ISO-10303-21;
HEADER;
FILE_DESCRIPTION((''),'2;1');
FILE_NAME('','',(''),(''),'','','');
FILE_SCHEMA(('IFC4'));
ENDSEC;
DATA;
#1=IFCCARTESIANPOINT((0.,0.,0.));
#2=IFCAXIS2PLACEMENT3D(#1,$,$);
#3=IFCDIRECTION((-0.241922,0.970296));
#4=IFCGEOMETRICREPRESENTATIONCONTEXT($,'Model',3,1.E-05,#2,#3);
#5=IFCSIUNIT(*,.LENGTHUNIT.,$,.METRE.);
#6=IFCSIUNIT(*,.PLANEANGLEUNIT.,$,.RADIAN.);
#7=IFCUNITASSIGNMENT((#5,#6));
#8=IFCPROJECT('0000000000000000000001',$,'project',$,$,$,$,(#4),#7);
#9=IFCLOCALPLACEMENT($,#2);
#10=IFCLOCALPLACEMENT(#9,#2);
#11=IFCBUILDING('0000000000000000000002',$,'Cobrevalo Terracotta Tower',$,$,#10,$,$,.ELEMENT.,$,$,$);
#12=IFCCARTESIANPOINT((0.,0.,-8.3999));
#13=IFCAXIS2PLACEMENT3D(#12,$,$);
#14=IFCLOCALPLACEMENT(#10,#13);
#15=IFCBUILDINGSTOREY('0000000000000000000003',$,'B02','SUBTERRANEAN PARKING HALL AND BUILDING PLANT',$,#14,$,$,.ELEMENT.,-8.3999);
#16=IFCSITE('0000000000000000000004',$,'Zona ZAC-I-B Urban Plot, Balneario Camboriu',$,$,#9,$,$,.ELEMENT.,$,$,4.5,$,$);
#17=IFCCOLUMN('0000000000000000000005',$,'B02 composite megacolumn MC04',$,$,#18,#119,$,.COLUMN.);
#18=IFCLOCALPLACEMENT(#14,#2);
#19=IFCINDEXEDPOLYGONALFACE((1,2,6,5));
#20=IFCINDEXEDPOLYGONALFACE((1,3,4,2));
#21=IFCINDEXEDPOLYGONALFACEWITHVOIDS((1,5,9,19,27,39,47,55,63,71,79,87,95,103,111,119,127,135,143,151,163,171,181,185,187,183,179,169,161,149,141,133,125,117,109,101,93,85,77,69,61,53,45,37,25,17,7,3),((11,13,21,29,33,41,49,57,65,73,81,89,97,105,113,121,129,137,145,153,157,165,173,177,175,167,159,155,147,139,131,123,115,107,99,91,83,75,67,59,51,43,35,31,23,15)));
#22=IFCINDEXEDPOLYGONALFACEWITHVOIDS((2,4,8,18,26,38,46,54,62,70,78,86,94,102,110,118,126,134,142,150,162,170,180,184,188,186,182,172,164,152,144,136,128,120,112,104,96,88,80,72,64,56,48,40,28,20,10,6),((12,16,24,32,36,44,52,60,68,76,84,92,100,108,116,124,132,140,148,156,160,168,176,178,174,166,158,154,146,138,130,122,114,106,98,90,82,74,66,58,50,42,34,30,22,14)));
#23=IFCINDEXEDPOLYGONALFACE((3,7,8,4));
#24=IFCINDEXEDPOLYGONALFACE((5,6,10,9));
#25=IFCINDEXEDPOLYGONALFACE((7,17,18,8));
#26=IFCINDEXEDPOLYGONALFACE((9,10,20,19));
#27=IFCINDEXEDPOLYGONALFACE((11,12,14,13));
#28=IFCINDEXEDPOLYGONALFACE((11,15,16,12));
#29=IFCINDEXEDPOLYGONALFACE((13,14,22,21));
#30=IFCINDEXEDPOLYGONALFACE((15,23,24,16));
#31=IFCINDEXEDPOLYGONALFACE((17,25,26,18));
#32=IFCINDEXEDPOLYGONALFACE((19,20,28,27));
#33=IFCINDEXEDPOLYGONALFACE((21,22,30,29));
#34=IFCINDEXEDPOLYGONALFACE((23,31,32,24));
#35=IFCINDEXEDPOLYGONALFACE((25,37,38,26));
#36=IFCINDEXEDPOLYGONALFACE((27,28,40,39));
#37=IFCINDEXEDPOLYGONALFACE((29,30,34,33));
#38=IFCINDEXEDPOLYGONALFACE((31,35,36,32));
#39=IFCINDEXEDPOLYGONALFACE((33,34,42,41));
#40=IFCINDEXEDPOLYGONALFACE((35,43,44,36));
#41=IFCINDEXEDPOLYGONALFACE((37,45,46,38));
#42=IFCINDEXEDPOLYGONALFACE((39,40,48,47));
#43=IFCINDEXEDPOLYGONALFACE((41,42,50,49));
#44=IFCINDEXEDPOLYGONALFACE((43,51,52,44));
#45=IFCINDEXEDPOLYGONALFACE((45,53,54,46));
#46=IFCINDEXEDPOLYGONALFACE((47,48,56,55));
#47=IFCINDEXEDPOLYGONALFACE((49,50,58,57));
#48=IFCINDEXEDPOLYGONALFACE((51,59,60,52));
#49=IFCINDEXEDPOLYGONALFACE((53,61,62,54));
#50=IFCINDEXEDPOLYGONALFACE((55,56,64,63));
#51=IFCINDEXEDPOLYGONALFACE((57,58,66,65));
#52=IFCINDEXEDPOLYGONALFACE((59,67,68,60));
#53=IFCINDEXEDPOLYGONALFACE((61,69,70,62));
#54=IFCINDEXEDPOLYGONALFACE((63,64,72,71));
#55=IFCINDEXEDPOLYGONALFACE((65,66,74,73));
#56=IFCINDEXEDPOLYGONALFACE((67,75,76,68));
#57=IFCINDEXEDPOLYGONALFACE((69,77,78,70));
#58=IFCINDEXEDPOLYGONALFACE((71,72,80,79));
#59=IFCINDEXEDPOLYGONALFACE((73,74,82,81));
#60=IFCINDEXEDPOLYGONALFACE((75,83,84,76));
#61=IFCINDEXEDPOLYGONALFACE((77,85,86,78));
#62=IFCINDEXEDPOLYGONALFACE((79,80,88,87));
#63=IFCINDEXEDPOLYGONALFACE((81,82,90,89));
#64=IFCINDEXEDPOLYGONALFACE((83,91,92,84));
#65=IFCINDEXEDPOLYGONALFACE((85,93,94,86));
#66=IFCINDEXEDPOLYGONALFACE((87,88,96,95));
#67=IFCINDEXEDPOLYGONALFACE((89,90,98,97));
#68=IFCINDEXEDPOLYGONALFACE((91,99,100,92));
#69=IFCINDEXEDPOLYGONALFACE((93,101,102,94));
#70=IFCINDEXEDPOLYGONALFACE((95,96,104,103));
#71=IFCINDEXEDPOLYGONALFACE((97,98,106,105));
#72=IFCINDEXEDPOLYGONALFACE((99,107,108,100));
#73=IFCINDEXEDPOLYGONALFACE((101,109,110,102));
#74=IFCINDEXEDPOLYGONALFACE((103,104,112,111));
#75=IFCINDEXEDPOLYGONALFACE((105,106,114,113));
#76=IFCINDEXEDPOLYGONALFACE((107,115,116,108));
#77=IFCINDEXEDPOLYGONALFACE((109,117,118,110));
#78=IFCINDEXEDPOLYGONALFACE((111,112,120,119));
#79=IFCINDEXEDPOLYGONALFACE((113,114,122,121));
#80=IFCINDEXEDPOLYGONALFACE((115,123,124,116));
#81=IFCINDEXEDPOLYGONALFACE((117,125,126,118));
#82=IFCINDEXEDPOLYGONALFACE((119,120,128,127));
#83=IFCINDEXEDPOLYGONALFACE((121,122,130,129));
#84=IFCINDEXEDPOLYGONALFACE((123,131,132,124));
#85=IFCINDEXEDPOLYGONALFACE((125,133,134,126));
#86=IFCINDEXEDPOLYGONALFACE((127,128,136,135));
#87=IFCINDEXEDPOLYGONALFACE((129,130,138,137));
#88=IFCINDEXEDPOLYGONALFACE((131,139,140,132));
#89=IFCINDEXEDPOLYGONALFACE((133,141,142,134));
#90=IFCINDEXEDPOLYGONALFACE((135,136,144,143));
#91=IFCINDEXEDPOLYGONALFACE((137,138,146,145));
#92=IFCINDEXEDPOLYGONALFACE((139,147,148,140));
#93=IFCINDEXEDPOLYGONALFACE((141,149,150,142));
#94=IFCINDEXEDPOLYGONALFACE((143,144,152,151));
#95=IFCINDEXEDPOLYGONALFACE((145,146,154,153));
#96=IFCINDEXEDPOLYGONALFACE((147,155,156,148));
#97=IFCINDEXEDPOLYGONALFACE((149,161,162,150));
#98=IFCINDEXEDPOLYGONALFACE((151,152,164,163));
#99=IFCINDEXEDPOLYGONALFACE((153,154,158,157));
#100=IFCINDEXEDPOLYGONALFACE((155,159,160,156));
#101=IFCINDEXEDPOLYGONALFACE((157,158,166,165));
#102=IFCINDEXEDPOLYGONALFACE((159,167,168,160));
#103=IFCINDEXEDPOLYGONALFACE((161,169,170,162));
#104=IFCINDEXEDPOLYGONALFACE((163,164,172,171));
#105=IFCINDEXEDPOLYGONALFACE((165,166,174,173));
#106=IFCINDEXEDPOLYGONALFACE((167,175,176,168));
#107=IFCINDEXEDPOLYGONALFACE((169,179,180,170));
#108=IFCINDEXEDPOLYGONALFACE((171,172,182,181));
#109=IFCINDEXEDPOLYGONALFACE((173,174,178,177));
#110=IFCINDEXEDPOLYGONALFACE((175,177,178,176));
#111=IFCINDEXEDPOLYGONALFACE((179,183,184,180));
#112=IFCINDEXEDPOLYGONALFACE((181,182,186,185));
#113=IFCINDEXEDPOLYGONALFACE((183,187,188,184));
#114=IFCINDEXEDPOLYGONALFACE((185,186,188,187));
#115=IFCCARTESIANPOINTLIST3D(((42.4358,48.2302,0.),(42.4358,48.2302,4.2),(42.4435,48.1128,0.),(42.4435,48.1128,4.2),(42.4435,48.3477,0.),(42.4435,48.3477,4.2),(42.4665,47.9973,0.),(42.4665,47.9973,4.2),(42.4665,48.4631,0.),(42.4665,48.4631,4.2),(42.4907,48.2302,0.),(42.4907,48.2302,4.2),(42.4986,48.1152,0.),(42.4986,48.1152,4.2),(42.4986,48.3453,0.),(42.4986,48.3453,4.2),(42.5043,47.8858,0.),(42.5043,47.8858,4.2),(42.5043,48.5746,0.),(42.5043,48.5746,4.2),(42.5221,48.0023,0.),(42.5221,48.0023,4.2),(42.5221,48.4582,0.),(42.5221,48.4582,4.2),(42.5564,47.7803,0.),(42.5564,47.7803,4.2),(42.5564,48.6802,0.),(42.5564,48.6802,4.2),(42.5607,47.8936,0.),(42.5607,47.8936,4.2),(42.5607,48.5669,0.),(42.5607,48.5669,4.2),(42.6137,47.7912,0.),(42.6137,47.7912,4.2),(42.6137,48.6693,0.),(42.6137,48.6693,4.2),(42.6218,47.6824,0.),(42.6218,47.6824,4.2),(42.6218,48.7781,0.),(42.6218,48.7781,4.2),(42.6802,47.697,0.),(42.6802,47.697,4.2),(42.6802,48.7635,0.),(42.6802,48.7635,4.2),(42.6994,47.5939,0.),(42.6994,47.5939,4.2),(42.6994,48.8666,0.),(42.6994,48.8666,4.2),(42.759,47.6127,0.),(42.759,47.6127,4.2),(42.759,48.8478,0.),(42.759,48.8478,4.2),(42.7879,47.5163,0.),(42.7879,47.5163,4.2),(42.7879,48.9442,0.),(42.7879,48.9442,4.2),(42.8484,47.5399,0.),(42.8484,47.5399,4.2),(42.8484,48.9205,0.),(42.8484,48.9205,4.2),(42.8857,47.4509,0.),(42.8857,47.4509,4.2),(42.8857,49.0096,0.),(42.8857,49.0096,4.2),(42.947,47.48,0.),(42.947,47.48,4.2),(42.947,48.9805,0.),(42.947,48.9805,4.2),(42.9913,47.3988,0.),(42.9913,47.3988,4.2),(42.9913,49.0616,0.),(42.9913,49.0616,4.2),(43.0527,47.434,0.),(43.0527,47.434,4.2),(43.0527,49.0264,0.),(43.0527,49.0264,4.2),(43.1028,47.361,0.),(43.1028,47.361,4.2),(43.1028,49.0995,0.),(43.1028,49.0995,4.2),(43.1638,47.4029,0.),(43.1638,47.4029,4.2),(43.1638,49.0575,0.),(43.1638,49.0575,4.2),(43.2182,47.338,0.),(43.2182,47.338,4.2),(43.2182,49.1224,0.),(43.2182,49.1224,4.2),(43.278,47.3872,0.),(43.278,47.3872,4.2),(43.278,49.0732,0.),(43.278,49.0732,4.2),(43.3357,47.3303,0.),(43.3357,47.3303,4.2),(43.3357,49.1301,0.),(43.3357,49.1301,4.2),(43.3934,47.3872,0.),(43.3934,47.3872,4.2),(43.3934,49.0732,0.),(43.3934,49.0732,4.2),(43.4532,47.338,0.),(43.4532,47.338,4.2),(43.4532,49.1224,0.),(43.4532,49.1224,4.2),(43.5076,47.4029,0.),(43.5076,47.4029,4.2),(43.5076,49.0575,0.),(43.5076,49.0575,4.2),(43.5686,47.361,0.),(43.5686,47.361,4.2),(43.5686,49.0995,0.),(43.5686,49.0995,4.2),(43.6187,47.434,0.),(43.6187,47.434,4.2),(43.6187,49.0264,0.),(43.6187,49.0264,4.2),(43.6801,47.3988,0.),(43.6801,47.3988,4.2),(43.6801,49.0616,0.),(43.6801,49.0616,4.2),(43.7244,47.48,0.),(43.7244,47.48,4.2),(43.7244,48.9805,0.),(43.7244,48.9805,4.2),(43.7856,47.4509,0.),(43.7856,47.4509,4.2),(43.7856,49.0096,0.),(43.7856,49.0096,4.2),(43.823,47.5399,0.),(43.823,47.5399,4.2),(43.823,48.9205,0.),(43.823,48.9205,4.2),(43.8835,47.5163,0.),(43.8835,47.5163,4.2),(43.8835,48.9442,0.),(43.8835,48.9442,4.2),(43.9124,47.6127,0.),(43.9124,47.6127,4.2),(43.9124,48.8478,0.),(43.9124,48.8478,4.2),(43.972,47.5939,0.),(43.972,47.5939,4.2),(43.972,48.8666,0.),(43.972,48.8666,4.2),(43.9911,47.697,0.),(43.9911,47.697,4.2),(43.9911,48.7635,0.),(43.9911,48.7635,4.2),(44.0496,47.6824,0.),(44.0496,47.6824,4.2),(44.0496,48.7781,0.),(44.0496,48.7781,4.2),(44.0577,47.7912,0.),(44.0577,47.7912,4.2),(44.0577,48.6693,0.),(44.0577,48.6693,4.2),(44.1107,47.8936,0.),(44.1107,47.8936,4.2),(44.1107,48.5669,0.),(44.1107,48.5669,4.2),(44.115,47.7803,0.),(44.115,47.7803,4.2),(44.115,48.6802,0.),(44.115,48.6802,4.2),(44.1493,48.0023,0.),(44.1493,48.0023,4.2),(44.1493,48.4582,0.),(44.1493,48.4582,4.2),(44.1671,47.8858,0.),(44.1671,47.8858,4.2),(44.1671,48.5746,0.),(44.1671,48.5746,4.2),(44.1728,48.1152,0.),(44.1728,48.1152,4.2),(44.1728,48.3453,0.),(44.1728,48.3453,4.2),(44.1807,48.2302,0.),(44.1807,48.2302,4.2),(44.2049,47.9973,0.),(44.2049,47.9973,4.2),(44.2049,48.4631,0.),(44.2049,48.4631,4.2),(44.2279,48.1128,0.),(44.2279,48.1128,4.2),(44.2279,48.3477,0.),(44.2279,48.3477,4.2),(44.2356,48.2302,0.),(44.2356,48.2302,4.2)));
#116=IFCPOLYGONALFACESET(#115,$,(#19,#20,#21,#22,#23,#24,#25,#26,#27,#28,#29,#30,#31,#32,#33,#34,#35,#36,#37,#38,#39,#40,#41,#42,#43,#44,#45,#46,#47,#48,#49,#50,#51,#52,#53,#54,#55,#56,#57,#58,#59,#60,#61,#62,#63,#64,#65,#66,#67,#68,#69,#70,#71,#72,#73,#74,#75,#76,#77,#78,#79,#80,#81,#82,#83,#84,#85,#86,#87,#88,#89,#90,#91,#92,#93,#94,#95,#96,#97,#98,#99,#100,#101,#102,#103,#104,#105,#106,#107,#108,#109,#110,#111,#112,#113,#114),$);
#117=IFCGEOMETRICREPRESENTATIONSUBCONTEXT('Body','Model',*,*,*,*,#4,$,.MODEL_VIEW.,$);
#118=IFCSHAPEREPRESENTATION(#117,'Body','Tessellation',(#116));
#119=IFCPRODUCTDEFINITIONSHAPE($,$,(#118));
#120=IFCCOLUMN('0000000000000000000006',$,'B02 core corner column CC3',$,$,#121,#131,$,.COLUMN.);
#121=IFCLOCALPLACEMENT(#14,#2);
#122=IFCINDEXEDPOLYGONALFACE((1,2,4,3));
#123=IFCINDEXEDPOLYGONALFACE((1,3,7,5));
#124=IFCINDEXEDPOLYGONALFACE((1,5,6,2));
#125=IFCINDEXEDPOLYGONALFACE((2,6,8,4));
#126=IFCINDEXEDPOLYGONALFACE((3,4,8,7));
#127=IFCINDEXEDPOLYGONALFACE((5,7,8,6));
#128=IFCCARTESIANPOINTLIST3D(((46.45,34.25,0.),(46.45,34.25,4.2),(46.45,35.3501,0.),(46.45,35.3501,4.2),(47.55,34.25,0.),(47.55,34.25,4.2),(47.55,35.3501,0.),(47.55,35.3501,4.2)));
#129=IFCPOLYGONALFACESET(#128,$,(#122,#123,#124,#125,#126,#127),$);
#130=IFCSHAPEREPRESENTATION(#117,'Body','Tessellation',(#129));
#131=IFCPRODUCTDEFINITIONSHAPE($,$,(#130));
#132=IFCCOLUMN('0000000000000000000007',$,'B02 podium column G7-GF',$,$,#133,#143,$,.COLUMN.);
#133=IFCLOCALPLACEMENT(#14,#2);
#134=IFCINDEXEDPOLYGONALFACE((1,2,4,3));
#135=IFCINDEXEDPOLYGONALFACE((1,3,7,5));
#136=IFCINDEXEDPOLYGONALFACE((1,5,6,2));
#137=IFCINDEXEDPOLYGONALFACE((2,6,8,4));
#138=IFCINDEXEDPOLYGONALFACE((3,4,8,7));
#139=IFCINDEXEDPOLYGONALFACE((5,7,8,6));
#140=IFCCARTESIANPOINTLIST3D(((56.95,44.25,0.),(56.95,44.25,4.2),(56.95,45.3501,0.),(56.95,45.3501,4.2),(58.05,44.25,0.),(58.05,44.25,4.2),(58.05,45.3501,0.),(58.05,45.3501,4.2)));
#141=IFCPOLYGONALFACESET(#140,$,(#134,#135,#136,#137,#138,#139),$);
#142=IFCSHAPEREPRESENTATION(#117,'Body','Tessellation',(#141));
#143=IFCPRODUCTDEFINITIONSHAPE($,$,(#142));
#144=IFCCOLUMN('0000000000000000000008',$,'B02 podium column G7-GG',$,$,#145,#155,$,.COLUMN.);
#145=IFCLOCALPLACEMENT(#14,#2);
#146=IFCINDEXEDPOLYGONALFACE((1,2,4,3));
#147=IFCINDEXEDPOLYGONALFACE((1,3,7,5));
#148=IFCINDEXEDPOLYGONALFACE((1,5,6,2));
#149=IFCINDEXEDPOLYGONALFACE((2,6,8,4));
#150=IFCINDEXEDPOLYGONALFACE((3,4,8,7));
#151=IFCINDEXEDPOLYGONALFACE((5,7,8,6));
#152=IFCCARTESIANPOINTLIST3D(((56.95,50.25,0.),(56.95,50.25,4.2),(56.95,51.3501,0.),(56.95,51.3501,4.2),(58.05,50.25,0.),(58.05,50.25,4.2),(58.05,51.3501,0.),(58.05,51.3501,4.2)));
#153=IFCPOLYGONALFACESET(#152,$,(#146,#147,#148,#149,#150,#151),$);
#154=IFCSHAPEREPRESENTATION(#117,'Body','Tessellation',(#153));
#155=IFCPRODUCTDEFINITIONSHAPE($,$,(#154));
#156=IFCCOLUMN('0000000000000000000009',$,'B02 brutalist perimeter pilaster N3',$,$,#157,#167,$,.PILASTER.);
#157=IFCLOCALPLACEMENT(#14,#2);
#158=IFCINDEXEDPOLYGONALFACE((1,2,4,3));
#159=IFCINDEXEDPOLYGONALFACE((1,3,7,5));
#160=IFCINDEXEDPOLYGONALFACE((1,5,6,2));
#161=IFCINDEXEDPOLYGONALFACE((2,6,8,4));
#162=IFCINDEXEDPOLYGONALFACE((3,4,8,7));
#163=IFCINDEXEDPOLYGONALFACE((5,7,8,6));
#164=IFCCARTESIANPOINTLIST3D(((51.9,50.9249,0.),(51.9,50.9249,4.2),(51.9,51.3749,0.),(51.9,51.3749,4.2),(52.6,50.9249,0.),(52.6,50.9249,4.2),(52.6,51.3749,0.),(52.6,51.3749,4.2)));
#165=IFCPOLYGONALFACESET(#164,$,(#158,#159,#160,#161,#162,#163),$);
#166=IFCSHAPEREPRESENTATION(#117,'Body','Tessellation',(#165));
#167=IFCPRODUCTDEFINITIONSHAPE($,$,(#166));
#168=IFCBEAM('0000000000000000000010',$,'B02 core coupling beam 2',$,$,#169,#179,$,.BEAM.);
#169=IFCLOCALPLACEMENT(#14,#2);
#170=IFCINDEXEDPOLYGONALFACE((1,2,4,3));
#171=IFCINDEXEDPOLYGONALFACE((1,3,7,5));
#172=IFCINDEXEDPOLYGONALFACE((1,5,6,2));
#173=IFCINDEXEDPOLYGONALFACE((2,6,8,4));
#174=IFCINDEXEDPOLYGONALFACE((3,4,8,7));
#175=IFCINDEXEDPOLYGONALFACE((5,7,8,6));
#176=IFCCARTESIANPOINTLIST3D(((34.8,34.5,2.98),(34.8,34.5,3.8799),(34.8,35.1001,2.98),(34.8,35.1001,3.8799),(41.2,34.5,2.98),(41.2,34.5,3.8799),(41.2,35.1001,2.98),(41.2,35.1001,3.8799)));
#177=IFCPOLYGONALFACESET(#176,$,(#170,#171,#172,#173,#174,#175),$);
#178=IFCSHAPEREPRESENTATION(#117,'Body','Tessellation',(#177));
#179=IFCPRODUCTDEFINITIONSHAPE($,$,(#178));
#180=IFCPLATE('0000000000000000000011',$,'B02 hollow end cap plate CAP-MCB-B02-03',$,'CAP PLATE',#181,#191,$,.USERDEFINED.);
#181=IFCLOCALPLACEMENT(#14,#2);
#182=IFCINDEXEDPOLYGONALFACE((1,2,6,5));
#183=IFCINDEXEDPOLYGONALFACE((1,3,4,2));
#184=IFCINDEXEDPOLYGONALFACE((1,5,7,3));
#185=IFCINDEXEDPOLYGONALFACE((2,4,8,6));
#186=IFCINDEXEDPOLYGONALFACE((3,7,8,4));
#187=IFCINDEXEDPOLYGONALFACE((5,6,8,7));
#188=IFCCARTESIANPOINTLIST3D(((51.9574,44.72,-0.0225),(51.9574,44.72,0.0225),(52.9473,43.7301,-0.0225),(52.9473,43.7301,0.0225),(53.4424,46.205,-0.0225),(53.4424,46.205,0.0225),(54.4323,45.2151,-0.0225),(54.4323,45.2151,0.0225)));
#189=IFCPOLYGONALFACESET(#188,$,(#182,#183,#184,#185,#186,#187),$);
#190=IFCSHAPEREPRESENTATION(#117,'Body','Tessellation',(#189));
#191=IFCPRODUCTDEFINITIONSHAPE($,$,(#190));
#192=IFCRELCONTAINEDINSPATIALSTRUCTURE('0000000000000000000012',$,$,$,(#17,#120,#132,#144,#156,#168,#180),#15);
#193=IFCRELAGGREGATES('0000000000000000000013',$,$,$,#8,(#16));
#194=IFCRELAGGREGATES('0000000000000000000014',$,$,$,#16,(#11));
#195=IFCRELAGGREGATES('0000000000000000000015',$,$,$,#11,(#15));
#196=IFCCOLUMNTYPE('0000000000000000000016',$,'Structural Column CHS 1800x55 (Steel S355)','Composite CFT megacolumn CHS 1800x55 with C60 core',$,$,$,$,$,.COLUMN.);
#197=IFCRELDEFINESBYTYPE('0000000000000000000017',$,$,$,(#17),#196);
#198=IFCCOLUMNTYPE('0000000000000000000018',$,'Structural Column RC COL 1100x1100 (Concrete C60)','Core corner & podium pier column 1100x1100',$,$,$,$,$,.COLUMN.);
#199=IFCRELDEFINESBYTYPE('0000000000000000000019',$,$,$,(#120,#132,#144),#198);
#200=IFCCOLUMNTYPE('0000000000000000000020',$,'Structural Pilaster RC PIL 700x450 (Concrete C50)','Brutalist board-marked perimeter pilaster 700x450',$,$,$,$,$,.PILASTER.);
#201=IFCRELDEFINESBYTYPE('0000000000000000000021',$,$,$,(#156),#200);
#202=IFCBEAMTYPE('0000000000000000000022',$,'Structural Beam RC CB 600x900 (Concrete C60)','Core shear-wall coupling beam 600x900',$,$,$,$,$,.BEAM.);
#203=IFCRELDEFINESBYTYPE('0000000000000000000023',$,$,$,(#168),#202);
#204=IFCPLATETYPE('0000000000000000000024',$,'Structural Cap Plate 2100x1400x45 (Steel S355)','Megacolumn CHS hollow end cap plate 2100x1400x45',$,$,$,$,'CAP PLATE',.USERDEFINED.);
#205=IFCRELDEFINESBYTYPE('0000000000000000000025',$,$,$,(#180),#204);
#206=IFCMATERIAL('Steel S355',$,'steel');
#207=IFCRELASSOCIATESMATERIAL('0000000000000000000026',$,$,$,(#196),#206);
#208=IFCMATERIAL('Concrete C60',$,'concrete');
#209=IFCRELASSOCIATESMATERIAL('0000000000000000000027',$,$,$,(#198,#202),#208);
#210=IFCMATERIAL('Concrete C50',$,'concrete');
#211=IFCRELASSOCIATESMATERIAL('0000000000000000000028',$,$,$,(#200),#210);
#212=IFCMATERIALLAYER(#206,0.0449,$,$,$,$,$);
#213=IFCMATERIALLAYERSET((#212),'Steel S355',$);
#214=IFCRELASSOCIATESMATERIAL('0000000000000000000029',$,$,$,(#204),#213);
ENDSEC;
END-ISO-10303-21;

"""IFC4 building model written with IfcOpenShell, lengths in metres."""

from ifc_helpers import new_model, si_unit, direction, frame, origin, origin_2d, place, context, subcontext, project, spatial, rectangle, hollow_circle, extrude, source, transform, mapped, material, layer, layer_set, material_profile, profile_set, type_object, element, save


model = new_model("IFC4")

# Units and contexts
model_context = context("Model", 3, precision=1e-05, world=origin(), true_north=direction((-0.241922, 0.970296)))
body_context = subcontext(model_context, "Body", "Model", "MODEL_VIEW")
ifc_project = project(units=[si_unit("LENGTHUNIT", "METRE"), si_unit("PLANEANGLEUNIT", "RADIAN")], contexts=[model_context])

# Site, building, storey
site_placement = place(None, origin())
site = spatial("IfcSite", under=ifc_project, at=site_placement, Name="Zona ZAC-I-B Urban Plot, Balneario Camboriu", CompositionType="ELEMENT", RefElevation=4.5)
building_placement = place(site_placement, origin())
building = spatial("IfcBuilding", under=site, at=building_placement, Name="Cobrevalo Terracotta Tower", CompositionType="ELEMENT")
storey_placement = place(building_placement, frame((0.0, 0.0, -8.3999)))
storey = spatial("IfcBuildingStorey", under=building, at=storey_placement, Name="B02", Description="SUBTERRANEAN PARKING HALL AND BUILDING PLANT", CompositionType="ELEMENT", Elevation=-8.3999)

# Shared definitions
ifc_material_1 = material(Name="Concrete C50", Category="concrete")

# Columns
ifc_material_2 = material(Name="Steel S355", Category="steel")
ifc_material_profile_1 = material_profile(ifc_material_2, hollow_circle(Radius=0.8999, WallThickness=0.0549, at=origin_2d()), Name="CHS 1800x55")
ifc_profile_set_1 = profile_set([ifc_material_profile_1], Name="Steel S355")
column_type_1 = type_object("IfcColumnType", Name="Structural Column CHS 1800x55 (Steel S355)", Description="Composite CFT megacolumn CHS 1800x55 with C60 core", PredefinedType="COLUMN", material=ifc_profile_set_1)
for number, where, z_axis, x_axis, name in (
    (1, (43.3357, 48.2302, 0.0), (0.0, 0.0, 1.0), (1.0, 0.0, 0.0), "B02 composite megacolumn MC04"),
):
    element("IfcColumn", number, at=place(storey_placement, frame(where, z_axis=z_axis, x_axis=x_axis)), inside=storey, type_object=column_type_1, Name=name, PredefinedType="COLUMN", context=body_context, shape_type="SweptSolid", body=[
        extrude(hollow_circle(Radius=0.8999, WallThickness=0.0549, at=origin_2d()), origin(), (0.0, 0.0, 1.0), 4.2),
    ])
ifc_material_3 = material(Name="Concrete C60", Category="concrete")
ifc_material_profile_2 = material_profile(ifc_material_3, rectangle(XDim=1.1001, YDim=1.1001, at=origin_2d()), Name="RC COL 1100x1100")
ifc_profile_set_2 = profile_set([ifc_material_profile_2], Name="Concrete C60")
column_type_2 = type_object("IfcColumnType", Name="Structural Column RC COL 1100x1100 (Concrete C60)", Description="Core corner & podium pier column 1100x1100", PredefinedType="COLUMN", material=ifc_profile_set_2)
for number, where, z_axis, x_axis, name in (
    (2, (47.0, 34.8, 0.0), (0.0, 0.0, 1.0), (1.0, 0.0, 0.0), "B02 core corner column CC3"),
    (3, (57.5, 44.8, 0.0), (0.0, 0.0, 1.0), (1.0, 0.0, 0.0), "B02 podium column G7-GF"),
    (4, (57.5, 50.8, 0.0), (0.0, 0.0, 1.0), (1.0, 0.0, 0.0), "B02 podium column G7-GG"),
):
    element("IfcColumn", number, at=place(storey_placement, frame(where, z_axis=z_axis, x_axis=x_axis)), inside=storey, type_object=column_type_2, Name=name, PredefinedType="COLUMN", context=body_context, shape_type="SweptSolid", body=[
        extrude(rectangle(XDim=1.1001, YDim=1.1001, at=origin_2d()), origin(), (0.0, 0.0, 1.0), 4.2),
    ])
ifc_material_profile_3 = material_profile(ifc_material_1, rectangle(XDim=0.7, YDim=0.45, at=origin_2d()), Name="RC PIL 700x450")
ifc_profile_set_3 = profile_set([ifc_material_profile_3], Name="Concrete C50")
column_type_3 = type_object("IfcColumnType", Name="Structural Pilaster RC PIL 700x450 (Concrete C50)", Description="Brutalist board-marked perimeter pilaster 700x450", PredefinedType="PILASTER", material=ifc_profile_set_3)
column_placement = place(storey_placement, frame((52.25, 51.1499, 0.0), z_axis=(0.0, 0.0, 1.0), x_axis=(1.0, 0.0, 0.0)))
element("IfcColumn", 5, at=column_placement, inside=storey, type_object=column_type_3, Name="B02 brutalist perimeter pilaster N3", PredefinedType="PILASTER", context=body_context, shape_type="SweptSolid", body=[
    extrude(rectangle(XDim=0.7, YDim=0.45, at=origin_2d()), origin(), (0.0, 0.0, 1.0), 4.2),
])

# Beam
ifc_material_profile_4 = material_profile(ifc_material_3, rectangle(XDim=0.6001, YDim=0.8999, at=origin_2d()), Name="RC CB 600x900")
ifc_profile_set_4 = profile_set([ifc_material_profile_4], Name="Concrete C60")
beam_type = type_object("IfcBeamType", Name="Structural Beam RC CB 600x900 (Concrete C60)", Description="Core shear-wall coupling beam 600x900", PredefinedType="BEAM", material=ifc_profile_set_4)
beam_placement = place(storey_placement, frame((34.8, 34.8, 3.4299), z_axis=(1.0, 0.0, 0.0), x_axis=(0.0, 1.0, 0.0)))
element("IfcBeam", 6, at=beam_placement, inside=storey, type_object=beam_type, Name="B02 core coupling beam 2", PredefinedType="BEAM", context=body_context, shape_type="SweptSolid", body=[
    extrude(rectangle(XDim=0.6001, YDim=0.8999, at=origin_2d()), origin(), (0.0, 0.0, 1.0), 6.3999),
])

# Plate
ifc_layer_1 = layer(ifc_material_2, 0.0449)
ifc_layer_set_1 = layer_set([ifc_layer_1], Name="Steel S355")
plate_type = type_object("IfcPlateType", Name="Structural Cap Plate 2100x1400x45 (Steel S355)", Description="Megacolumn CHS hollow end cap plate 2100x1400x45", ElementType="CAP PLATE", PredefinedType="USERDEFINED", material=ifc_layer_set_1)
shared_shape_1 = source(origin(), body_context, "Body", "SweptSolid", [
    extrude(rectangle(XDim=2.1001, YDim=1.3999, at=origin_2d()), origin(), (0.0, 0.0, 1.0), 0.0449),
])
for number, where, z_axis, x_axis, name in (
    (7, (53.1948, 44.9675, -0.0225), (0.0, 0.0, 1.0), (0.707107, 0.707107, 0.0), "B02 hollow end cap plate CAP-MCB-B02-03"),
):
    element("IfcPlate", number, at=place(storey_placement, frame(where, z_axis=z_axis, x_axis=x_axis)), inside=storey, type_object=plate_type, Name=name, ObjectType="CAP PLATE", PredefinedType="USERDEFINED", context=body_context, shape_type="MappedRepresentation", body=[
        mapped(shared_shape_1, transform((0.0, 0.0, 0.0), scale=1.0)),
    ])

save(model, "model.ifc")
